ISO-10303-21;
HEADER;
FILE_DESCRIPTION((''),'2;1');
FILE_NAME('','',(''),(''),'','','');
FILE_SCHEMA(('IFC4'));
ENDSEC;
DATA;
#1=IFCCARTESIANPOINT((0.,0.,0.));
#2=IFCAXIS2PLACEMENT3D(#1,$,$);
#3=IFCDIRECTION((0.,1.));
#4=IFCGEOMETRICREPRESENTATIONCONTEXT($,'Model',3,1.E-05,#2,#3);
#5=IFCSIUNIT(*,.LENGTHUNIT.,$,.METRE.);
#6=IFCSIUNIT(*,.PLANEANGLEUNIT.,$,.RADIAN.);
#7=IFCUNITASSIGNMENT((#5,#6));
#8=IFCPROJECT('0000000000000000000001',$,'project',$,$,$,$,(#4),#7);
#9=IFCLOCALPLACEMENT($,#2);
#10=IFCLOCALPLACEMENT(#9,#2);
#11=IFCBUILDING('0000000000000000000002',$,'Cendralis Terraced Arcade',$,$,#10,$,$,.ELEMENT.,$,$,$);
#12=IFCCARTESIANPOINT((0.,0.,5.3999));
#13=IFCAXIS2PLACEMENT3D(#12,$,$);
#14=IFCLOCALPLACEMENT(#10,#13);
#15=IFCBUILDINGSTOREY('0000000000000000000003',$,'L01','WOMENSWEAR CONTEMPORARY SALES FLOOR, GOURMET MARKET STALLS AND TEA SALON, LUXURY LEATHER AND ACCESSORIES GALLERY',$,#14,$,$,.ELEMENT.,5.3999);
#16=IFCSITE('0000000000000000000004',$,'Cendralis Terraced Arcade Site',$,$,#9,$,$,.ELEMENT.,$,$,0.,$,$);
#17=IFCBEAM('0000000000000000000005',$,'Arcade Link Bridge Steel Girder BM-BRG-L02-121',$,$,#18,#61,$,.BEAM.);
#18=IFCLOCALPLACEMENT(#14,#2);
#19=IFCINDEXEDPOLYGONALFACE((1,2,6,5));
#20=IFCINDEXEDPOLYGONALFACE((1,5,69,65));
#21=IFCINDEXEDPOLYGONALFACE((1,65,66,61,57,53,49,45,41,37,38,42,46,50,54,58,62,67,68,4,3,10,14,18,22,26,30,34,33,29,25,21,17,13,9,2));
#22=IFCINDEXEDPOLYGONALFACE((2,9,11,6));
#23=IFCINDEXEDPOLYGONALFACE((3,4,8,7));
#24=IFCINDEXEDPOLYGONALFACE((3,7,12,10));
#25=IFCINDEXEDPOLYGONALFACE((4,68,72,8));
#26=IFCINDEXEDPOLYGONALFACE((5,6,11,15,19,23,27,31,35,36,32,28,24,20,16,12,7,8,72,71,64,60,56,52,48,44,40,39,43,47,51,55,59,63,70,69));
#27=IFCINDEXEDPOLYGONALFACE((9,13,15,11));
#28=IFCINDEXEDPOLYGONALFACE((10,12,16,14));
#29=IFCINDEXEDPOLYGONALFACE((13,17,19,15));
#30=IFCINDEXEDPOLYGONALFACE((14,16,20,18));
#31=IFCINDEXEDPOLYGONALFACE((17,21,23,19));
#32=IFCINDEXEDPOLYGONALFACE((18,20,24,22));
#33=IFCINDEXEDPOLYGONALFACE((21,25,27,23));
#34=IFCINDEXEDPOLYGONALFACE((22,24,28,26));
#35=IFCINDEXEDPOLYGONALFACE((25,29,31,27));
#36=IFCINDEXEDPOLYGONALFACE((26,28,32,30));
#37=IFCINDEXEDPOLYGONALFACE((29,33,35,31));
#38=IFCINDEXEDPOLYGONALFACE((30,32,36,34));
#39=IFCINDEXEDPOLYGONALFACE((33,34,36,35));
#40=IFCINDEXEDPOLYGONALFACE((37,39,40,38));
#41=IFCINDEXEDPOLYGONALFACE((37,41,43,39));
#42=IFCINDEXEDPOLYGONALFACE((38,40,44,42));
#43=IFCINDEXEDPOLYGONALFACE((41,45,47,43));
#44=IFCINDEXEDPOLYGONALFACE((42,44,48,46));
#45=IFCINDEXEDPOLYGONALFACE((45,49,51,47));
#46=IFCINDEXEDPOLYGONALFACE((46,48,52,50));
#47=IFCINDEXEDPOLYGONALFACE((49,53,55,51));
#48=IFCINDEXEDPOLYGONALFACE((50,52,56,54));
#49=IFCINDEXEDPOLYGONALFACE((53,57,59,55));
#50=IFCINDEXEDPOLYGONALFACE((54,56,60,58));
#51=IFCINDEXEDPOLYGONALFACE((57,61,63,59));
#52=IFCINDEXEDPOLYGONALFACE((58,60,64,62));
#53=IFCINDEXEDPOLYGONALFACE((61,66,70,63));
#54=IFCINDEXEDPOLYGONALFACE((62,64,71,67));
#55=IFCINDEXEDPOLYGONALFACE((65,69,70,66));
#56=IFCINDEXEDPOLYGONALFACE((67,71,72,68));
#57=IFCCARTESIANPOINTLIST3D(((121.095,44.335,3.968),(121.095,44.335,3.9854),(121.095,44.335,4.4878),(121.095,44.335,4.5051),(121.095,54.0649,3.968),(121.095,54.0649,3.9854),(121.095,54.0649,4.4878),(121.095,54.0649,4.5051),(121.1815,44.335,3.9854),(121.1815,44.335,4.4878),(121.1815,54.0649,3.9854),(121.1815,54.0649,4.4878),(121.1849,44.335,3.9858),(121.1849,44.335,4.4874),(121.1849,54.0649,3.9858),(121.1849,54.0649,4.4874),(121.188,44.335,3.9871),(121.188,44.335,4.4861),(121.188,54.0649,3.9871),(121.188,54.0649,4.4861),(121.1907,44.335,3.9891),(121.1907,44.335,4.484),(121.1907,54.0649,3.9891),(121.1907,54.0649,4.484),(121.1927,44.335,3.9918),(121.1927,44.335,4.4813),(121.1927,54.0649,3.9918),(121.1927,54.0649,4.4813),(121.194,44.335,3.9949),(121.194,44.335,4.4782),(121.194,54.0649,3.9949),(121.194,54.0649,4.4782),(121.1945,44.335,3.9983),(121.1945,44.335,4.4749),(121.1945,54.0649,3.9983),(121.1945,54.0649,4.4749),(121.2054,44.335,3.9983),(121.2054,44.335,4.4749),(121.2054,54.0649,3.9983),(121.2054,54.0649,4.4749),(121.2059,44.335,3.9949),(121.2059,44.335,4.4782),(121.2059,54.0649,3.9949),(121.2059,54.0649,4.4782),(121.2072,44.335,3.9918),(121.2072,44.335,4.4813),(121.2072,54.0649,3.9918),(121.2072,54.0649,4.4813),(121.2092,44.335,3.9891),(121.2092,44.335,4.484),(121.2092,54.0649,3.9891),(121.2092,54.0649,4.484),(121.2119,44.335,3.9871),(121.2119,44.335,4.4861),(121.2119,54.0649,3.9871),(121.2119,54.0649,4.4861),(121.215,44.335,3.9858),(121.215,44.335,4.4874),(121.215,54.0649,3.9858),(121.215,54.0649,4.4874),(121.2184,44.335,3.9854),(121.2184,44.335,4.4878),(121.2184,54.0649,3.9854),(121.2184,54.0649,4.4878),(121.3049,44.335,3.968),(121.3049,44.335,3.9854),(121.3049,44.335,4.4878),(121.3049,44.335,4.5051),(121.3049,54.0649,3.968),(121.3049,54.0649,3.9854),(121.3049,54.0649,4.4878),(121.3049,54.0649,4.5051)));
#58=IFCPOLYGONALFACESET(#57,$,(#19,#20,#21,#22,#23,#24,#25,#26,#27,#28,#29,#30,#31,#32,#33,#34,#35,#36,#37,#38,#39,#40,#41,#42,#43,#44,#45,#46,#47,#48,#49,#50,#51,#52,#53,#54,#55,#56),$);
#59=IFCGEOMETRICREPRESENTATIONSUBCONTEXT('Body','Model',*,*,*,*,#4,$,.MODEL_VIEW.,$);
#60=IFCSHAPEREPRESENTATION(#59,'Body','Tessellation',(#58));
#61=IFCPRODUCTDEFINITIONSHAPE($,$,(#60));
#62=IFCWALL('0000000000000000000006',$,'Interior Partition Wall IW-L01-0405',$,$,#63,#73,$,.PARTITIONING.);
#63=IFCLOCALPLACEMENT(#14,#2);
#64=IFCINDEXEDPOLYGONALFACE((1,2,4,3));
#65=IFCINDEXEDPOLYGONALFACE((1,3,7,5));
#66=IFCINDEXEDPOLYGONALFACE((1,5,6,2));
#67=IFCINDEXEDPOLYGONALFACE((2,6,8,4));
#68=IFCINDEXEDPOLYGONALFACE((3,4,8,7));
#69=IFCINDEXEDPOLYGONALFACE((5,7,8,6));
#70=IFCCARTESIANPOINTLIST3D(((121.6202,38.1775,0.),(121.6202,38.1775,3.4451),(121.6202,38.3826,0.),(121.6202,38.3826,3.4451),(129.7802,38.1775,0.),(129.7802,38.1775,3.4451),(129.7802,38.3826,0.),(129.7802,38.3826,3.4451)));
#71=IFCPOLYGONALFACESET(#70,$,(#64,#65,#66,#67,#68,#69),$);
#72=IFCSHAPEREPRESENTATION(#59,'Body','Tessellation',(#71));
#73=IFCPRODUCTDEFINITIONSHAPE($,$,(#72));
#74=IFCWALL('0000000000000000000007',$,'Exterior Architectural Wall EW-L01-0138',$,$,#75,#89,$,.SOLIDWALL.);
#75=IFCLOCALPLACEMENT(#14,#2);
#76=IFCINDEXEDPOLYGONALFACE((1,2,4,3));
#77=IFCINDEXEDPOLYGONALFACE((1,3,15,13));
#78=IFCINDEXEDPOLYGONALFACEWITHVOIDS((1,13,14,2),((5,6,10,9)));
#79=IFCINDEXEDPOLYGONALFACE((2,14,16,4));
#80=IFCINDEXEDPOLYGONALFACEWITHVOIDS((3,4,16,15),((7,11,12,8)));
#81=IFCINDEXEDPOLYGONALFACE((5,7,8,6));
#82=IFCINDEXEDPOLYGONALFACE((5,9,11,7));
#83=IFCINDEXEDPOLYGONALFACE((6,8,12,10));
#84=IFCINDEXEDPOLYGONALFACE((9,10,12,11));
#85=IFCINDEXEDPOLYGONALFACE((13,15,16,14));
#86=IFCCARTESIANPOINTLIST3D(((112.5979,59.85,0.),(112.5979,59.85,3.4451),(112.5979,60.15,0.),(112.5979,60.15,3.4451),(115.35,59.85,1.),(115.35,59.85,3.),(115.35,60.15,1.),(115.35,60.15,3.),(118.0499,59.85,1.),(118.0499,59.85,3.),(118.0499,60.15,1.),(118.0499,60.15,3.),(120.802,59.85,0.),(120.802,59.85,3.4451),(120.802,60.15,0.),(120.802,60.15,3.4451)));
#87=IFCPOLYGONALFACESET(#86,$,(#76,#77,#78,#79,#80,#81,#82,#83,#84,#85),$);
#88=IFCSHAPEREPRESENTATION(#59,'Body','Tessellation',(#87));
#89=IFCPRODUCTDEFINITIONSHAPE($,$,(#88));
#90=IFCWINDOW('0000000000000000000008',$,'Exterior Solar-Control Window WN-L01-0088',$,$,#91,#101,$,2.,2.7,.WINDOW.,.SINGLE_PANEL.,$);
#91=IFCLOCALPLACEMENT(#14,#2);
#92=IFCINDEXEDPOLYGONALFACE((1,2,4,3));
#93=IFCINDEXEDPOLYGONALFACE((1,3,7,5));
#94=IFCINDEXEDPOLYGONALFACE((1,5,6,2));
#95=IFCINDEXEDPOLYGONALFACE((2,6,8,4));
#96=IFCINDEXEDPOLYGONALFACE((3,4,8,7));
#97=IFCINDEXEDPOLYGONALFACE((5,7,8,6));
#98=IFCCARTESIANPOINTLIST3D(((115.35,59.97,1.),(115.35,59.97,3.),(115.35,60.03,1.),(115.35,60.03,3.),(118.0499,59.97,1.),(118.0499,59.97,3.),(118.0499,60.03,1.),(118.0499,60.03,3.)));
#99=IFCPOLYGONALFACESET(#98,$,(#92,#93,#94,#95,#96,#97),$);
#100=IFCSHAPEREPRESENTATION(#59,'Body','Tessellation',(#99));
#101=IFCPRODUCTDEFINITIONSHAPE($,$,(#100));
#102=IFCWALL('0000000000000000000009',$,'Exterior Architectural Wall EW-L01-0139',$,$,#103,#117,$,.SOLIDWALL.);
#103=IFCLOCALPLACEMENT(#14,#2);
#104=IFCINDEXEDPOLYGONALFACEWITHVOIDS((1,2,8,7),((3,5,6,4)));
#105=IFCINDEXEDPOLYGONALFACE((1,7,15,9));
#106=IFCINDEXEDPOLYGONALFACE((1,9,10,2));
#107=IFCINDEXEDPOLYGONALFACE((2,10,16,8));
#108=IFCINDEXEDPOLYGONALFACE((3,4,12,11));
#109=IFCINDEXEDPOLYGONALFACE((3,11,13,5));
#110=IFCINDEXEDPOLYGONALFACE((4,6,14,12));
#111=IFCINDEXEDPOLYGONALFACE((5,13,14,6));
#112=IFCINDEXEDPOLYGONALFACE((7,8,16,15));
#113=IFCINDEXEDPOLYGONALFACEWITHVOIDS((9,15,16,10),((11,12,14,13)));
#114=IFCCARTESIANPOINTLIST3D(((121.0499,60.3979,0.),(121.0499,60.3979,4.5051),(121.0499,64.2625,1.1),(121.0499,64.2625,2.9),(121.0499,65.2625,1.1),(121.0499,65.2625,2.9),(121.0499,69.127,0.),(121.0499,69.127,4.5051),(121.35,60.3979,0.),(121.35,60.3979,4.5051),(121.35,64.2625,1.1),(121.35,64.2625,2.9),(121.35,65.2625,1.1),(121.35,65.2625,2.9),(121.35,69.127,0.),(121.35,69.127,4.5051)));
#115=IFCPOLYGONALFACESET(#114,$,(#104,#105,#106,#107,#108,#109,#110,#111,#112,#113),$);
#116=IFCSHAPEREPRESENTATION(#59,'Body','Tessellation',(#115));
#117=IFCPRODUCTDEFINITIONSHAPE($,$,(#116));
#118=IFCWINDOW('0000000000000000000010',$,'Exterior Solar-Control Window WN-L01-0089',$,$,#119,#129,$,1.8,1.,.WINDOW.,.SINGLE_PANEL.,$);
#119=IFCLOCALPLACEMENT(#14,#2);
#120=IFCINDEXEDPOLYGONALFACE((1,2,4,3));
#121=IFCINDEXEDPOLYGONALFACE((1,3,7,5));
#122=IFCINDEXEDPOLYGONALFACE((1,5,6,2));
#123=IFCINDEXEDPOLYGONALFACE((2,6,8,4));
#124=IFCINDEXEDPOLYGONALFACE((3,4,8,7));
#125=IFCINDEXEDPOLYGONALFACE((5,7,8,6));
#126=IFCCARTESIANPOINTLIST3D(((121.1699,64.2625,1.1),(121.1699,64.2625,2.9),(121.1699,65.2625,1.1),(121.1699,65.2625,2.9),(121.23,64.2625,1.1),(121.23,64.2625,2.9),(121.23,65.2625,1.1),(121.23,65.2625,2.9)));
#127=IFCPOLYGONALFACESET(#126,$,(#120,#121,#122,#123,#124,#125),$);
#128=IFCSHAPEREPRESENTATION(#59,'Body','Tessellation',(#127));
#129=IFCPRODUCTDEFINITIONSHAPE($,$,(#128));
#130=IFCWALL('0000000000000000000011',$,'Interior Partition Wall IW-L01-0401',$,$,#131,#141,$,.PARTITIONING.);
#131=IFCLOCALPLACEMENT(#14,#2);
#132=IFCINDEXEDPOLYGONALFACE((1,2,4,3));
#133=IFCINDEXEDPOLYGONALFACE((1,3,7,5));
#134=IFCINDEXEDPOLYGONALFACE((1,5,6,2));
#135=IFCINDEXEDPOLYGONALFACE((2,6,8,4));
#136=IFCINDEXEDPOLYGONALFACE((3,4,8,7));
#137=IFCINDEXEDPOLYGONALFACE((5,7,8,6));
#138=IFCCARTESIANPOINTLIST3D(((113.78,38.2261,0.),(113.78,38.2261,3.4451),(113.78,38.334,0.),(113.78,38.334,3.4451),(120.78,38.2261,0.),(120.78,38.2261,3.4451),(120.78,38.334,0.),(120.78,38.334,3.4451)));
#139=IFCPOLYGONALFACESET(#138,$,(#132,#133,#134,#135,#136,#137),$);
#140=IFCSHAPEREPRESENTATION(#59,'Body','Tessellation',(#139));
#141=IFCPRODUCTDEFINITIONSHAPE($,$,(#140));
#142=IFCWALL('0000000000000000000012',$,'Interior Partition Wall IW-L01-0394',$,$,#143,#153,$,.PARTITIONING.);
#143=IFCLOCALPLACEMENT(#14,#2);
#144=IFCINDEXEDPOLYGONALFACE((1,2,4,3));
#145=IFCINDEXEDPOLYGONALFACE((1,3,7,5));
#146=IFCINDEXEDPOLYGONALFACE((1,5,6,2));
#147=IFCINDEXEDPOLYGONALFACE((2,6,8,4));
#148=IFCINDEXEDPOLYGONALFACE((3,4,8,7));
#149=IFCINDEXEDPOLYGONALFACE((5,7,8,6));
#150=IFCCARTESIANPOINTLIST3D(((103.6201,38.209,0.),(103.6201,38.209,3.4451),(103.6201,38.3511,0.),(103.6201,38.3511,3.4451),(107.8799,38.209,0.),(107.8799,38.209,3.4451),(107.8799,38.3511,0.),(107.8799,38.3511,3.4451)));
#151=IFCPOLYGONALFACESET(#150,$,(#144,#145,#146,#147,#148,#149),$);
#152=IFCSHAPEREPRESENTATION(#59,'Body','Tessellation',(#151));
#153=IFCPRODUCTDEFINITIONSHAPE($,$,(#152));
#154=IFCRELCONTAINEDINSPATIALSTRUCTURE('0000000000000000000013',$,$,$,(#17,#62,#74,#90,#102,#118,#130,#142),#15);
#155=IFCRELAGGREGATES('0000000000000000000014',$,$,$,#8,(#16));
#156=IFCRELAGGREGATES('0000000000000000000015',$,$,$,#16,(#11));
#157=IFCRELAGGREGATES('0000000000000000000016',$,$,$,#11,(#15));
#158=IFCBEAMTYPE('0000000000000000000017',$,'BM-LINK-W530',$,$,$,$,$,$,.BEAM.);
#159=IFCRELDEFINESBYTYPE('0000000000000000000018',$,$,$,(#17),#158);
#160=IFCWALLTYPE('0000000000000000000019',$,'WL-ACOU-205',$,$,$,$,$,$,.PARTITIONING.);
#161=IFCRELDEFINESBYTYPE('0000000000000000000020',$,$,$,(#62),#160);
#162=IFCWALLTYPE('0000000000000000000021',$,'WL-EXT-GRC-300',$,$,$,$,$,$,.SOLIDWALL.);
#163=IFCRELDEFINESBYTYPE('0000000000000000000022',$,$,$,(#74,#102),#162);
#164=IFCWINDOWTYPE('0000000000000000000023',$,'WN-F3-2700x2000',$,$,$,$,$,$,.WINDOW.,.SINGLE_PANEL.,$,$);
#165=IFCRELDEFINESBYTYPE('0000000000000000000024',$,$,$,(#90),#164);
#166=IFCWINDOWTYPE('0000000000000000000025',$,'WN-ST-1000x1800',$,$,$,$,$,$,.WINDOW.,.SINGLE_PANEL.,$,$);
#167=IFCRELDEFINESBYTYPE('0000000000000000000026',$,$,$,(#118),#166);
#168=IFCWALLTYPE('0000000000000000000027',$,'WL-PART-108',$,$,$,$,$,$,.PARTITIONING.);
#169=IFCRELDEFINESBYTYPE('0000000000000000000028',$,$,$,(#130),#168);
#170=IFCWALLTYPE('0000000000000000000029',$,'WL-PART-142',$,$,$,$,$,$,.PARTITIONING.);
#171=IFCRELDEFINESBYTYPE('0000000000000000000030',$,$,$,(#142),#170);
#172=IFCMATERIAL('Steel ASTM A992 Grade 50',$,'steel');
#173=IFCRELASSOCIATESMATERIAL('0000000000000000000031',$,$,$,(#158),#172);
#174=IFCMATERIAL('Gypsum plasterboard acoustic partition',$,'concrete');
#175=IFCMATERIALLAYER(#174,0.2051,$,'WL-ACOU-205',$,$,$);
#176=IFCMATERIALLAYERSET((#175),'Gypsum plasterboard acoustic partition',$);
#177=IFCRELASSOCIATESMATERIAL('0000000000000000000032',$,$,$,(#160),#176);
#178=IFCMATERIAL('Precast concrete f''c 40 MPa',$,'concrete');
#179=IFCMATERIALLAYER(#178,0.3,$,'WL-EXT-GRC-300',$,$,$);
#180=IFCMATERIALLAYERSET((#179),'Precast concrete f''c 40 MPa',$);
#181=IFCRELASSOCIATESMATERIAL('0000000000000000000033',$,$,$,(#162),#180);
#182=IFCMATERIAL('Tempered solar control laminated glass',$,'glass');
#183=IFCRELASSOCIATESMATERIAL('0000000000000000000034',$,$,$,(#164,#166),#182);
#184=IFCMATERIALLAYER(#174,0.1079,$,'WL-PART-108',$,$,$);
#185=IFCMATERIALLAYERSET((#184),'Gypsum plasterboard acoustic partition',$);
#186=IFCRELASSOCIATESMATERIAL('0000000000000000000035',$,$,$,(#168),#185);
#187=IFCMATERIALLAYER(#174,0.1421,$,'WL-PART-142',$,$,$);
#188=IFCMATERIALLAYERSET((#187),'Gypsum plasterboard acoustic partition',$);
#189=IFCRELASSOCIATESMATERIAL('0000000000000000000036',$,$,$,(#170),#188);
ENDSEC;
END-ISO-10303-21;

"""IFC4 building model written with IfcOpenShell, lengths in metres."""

from ifc_helpers import new_model, si_unit, direction, frame, frame_2d, origin, origin_2d, place, context, subcontext, project, spatial, rectangle, i_section, extrude, material, layer, layer_set, material_profile, profile_set, type_object, element, fill, save


model = new_model("IFC4")

# Units and contexts
model_context = context("Model", 3, precision=1e-05, world=origin(), true_north=direction((0.0, 1.0)))
body_context = subcontext(model_context, "Body", "Model", "MODEL_VIEW")
ifc_project = project(units=[si_unit("LENGTHUNIT", "METRE"), si_unit("PLANEANGLEUNIT", "RADIAN")], contexts=[model_context])

# Site, building, storey
site_placement = place(None, origin())
site = spatial("IfcSite", under=ifc_project, at=site_placement, Name="Cendralis Terraced Arcade Site", CompositionType="ELEMENT", RefElevation=0.0)
building_placement = place(site_placement, origin())
building = spatial("IfcBuilding", under=site, at=building_placement, Name="Cendralis Terraced Arcade", CompositionType="ELEMENT")
storey_placement = place(building_placement, frame((0.0, 0.0, 5.3999)))
storey = spatial("IfcBuildingStorey", under=building, at=storey_placement, Name="L01", Description="WOMENSWEAR CONTEMPORARY SALES FLOOR, GOURMET MARKET STALLS AND TEA SALON, LUXURY LEATHER AND ACCESSORIES GALLERY", CompositionType="ELEMENT", Elevation=5.3999)

# Beam
ifc_material_1 = material(Name="Steel ASTM A992 Grade 50", Category="steel")
ifc_material_profile_1 = material_profile(ifc_material_1, i_section(OverallWidth=0.21, OverallDepth=0.5371, WebThickness=0.011, FlangeThickness=0.0173, FilletRadius=0.0129, at=origin_2d()), Name="W530X101", Category="LoadBearing")
ifc_profile_set_1 = profile_set([ifc_material_profile_1], Name="Steel ASTM A992 Grade 50")
beam_type_1 = type_object("IfcBeamType", Name="BM-LINK-W530", PredefinedType="BEAM", material=ifc_profile_set_1)
for number, where, z_axis, x_axis, name in (
    (1, (121.2, 44.335, 4.2366), (0.0, 1.0, 0.0), (-1.0, 0.0, 0.0), "Arcade Link Bridge Steel Girder BM-BRG-L02-121"),
):
    element("IfcBeam", number, at=place(storey_placement, frame(where, z_axis=z_axis, x_axis=x_axis)), inside=storey, type_object=beam_type_1, Name=name, PredefinedType="BEAM", context=body_context, shape_type="SweptSolid", body=[
        extrude(i_section(OverallWidth=0.21, OverallDepth=0.5371, WebThickness=0.011, FlangeThickness=0.0173, FilletRadius=0.0129, at=origin_2d()), origin(), (0.0, 0.0, 1.0), 9.73),
    ])

# Wall
ifc_material_2 = material(Name="Gypsum plasterboard acoustic partition", Category="concrete")
ifc_layer_1 = layer(ifc_material_2, 0.2051, Name="WL-ACOU-205")
ifc_layer_set_1 = layer_set([ifc_layer_1], Name="Gypsum plasterboard acoustic partition")
wall_type_1 = type_object("IfcWallType", Name="WL-ACOU-205", PredefinedType="PARTITIONING", material=ifc_layer_set_1)
wall_1_placement = place(storey_placement, frame((121.6201, 38.28, 0.0), z_axis=(0.0, 0.0, 1.0), x_axis=(1.0, 0.0, 0.0)))
element("IfcWall", 2, at=wall_1_placement, inside=storey, type_object=wall_type_1, Name="Interior Partition Wall IW-L01-0405", PredefinedType="PARTITIONING", context=body_context, shape_type="SweptSolid", body=[
    extrude(rectangle(XDim=8.1599, YDim=0.2051, at=frame_2d((4.0801, 0.0))), origin(), (0.0, 0.0, 1.0), 3.4451),
])

# Walls, openings, windows
ifc_material_3 = material(Name="Precast concrete f'c 40 MPa", Category="concrete")
ifc_layer_2 = layer(ifc_material_3, 0.3, Name="WL-EXT-GRC-300")
ifc_layer_set_2 = layer_set([ifc_layer_2], Name="Precast concrete f'c 40 MPa")
wall_type_2 = type_object("IfcWallType", Name="WL-EXT-GRC-300", PredefinedType="SOLIDWALL", material=ifc_layer_set_2)
wall_2_placement = place(storey_placement, frame((112.5979, 60.0, 0.0), z_axis=(0.0, 0.0, 1.0), x_axis=(1.0, 0.0, 0.0)))
wall_2 = element("IfcWall", 3, at=wall_2_placement, inside=storey, type_object=wall_type_2, Name="Exterior Architectural Wall EW-L01-0138", PredefinedType="SOLIDWALL", context=body_context, shape_type="SweptSolid", body=[
    extrude(rectangle(XDim=8.2041, YDim=0.3, at=frame_2d((4.1021, 0.0))), origin(), (0.0, 0.0, 1.0), 3.4451),
])
opening_1_placement = place(wall_2_placement, frame((2.752, 0.0, 1.0)))
opening_1 = element("IfcOpeningElement", 4, at=opening_1_placement, cuts=wall_2, PredefinedType="OPENING", context=body_context, shape_type="SweptSolid", body=[
    extrude(rectangle(XDim=2.7, YDim=2.0, at=frame_2d((1.3501, 1.0))), frame((0.0, 0.1621, 0.0), z_axis=(0.0, -1.0, 0.0), x_axis=(1.0, 0.0, 0.0)), (0.0, 0.0, 1.0), 0.324),
])
ifc_material_4 = material(Name="Tempered solar control laminated glass", Category="glass")
window_type_1 = type_object("IfcWindowType", Name="WN-F3-2700x2000", PartitioningType="SINGLE_PANEL", PredefinedType="WINDOW", material=ifc_material_4)
window_1_placement = place(opening_1_placement, origin())
window_1 = element("IfcWindow", 5, at=window_1_placement, inside=storey, type_object=window_type_1, Name="Exterior Solar-Control Window WN-L01-0088", OverallHeight=2.0, OverallWidth=2.7, PartitioningType="SINGLE_PANEL", PredefinedType="WINDOW", context=body_context, shape_type="SweptSolid", body=[
    extrude(rectangle(XDim=2.7, YDim=2.0, at=frame_2d((1.3501, 1.0))), frame((0.0, 0.03, 0.0), z_axis=(0.0, -1.0, 0.0), x_axis=(1.0, 0.0, 0.0)), (0.0, 0.0, 1.0), 0.0601),
])
fill(opening_1, window_1)
wall_3_placement = place(storey_placement, frame((121.2, 60.3979, 0.0), z_axis=(0.0, 0.0, 1.0), x_axis=(0.0, 1.0, 0.0)))
wall_3 = element("IfcWall", 6, at=wall_3_placement, inside=storey, type_object=wall_type_2, Name="Exterior Architectural Wall EW-L01-0139", PredefinedType="SOLIDWALL", context=body_context, shape_type="SweptSolid", body=[
    extrude(rectangle(XDim=8.729, YDim=0.3, at=frame_2d((4.3645, 0.0))), origin(), (0.0, 0.0, 1.0), 4.5051),
])
opening_2_placement = place(wall_3_placement, frame((3.8645, 0.0, 1.1001)))
opening_2 = element("IfcOpeningElement", 7, at=opening_2_placement, cuts=wall_3, PredefinedType="OPENING", context=body_context, shape_type="SweptSolid", body=[
    extrude(rectangle(XDim=1.0, YDim=1.8, at=frame_2d((0.5, 0.8999))), frame((0.0, 0.1621, 0.0), z_axis=(0.0, -1.0, 0.0), x_axis=(1.0, 0.0, 0.0)), (0.0, 0.0, 1.0), 0.324),
])
window_type_2 = type_object("IfcWindowType", Name="WN-ST-1000x1800", PartitioningType="SINGLE_PANEL", PredefinedType="WINDOW", material=ifc_material_4)
window_2_placement = place(opening_2_placement, origin())
window_2 = element("IfcWindow", 8, at=window_2_placement, inside=storey, type_object=window_type_2, Name="Exterior Solar-Control Window WN-L01-0089", OverallHeight=1.8, OverallWidth=1.0, PartitioningType="SINGLE_PANEL", PredefinedType="WINDOW", context=body_context, shape_type="SweptSolid", body=[
    extrude(rectangle(XDim=1.0, YDim=1.8, at=frame_2d((0.5, 0.8999))), frame((0.0, 0.03, 0.0), z_axis=(0.0, -1.0, 0.0), x_axis=(1.0, 0.0, 0.0)), (0.0, 0.0, 1.0), 0.0601),
])
fill(opening_2, window_2)

# Walls
ifc_layer_3 = layer(ifc_material_2, 0.1079, Name="WL-PART-108")
ifc_layer_set_3 = layer_set([ifc_layer_3], Name="Gypsum plasterboard acoustic partition")
wall_type_3 = type_object("IfcWallType", Name="WL-PART-108", PredefinedType="PARTITIONING", material=ifc_layer_set_3)
wall_4_placement = place(storey_placement, frame((113.78, 38.28, 0.0), z_axis=(0.0, 0.0, 1.0), x_axis=(1.0, 0.0, 0.0)))
element("IfcWall", 9, at=wall_4_placement, inside=storey, type_object=wall_type_3, Name="Interior Partition Wall IW-L01-0401", PredefinedType="PARTITIONING", context=body_context, shape_type="SweptSolid", body=[
    extrude(rectangle(XDim=7.0, YDim=0.1079, at=frame_2d((3.5, 0.0))), origin(), (0.0, 0.0, 1.0), 3.4451),
])
ifc_layer_4 = layer(ifc_material_2, 0.1421, Name="WL-PART-142")
ifc_layer_set_4 = layer_set([ifc_layer_4], Name="Gypsum plasterboard acoustic partition")
wall_type_4 = type_object("IfcWallType", Name="WL-PART-142", PredefinedType="PARTITIONING", material=ifc_layer_set_4)
wall_5_placement = place(storey_placement, frame((103.6201, 38.28, 0.0), z_axis=(0.0, 0.0, 1.0), x_axis=(1.0, 0.0, 0.0)))
element("IfcWall", 10, at=wall_5_placement, inside=storey, type_object=wall_type_4, Name="Interior Partition Wall IW-L01-0394", PredefinedType="PARTITIONING", context=body_context, shape_type="SweptSolid", body=[
    extrude(rectangle(XDim=4.2598, YDim=0.1421, at=frame_2d((2.1299, 0.0))), origin(), (0.0, 0.0, 1.0), 3.4451),
])

save(model, "model.ifc")
